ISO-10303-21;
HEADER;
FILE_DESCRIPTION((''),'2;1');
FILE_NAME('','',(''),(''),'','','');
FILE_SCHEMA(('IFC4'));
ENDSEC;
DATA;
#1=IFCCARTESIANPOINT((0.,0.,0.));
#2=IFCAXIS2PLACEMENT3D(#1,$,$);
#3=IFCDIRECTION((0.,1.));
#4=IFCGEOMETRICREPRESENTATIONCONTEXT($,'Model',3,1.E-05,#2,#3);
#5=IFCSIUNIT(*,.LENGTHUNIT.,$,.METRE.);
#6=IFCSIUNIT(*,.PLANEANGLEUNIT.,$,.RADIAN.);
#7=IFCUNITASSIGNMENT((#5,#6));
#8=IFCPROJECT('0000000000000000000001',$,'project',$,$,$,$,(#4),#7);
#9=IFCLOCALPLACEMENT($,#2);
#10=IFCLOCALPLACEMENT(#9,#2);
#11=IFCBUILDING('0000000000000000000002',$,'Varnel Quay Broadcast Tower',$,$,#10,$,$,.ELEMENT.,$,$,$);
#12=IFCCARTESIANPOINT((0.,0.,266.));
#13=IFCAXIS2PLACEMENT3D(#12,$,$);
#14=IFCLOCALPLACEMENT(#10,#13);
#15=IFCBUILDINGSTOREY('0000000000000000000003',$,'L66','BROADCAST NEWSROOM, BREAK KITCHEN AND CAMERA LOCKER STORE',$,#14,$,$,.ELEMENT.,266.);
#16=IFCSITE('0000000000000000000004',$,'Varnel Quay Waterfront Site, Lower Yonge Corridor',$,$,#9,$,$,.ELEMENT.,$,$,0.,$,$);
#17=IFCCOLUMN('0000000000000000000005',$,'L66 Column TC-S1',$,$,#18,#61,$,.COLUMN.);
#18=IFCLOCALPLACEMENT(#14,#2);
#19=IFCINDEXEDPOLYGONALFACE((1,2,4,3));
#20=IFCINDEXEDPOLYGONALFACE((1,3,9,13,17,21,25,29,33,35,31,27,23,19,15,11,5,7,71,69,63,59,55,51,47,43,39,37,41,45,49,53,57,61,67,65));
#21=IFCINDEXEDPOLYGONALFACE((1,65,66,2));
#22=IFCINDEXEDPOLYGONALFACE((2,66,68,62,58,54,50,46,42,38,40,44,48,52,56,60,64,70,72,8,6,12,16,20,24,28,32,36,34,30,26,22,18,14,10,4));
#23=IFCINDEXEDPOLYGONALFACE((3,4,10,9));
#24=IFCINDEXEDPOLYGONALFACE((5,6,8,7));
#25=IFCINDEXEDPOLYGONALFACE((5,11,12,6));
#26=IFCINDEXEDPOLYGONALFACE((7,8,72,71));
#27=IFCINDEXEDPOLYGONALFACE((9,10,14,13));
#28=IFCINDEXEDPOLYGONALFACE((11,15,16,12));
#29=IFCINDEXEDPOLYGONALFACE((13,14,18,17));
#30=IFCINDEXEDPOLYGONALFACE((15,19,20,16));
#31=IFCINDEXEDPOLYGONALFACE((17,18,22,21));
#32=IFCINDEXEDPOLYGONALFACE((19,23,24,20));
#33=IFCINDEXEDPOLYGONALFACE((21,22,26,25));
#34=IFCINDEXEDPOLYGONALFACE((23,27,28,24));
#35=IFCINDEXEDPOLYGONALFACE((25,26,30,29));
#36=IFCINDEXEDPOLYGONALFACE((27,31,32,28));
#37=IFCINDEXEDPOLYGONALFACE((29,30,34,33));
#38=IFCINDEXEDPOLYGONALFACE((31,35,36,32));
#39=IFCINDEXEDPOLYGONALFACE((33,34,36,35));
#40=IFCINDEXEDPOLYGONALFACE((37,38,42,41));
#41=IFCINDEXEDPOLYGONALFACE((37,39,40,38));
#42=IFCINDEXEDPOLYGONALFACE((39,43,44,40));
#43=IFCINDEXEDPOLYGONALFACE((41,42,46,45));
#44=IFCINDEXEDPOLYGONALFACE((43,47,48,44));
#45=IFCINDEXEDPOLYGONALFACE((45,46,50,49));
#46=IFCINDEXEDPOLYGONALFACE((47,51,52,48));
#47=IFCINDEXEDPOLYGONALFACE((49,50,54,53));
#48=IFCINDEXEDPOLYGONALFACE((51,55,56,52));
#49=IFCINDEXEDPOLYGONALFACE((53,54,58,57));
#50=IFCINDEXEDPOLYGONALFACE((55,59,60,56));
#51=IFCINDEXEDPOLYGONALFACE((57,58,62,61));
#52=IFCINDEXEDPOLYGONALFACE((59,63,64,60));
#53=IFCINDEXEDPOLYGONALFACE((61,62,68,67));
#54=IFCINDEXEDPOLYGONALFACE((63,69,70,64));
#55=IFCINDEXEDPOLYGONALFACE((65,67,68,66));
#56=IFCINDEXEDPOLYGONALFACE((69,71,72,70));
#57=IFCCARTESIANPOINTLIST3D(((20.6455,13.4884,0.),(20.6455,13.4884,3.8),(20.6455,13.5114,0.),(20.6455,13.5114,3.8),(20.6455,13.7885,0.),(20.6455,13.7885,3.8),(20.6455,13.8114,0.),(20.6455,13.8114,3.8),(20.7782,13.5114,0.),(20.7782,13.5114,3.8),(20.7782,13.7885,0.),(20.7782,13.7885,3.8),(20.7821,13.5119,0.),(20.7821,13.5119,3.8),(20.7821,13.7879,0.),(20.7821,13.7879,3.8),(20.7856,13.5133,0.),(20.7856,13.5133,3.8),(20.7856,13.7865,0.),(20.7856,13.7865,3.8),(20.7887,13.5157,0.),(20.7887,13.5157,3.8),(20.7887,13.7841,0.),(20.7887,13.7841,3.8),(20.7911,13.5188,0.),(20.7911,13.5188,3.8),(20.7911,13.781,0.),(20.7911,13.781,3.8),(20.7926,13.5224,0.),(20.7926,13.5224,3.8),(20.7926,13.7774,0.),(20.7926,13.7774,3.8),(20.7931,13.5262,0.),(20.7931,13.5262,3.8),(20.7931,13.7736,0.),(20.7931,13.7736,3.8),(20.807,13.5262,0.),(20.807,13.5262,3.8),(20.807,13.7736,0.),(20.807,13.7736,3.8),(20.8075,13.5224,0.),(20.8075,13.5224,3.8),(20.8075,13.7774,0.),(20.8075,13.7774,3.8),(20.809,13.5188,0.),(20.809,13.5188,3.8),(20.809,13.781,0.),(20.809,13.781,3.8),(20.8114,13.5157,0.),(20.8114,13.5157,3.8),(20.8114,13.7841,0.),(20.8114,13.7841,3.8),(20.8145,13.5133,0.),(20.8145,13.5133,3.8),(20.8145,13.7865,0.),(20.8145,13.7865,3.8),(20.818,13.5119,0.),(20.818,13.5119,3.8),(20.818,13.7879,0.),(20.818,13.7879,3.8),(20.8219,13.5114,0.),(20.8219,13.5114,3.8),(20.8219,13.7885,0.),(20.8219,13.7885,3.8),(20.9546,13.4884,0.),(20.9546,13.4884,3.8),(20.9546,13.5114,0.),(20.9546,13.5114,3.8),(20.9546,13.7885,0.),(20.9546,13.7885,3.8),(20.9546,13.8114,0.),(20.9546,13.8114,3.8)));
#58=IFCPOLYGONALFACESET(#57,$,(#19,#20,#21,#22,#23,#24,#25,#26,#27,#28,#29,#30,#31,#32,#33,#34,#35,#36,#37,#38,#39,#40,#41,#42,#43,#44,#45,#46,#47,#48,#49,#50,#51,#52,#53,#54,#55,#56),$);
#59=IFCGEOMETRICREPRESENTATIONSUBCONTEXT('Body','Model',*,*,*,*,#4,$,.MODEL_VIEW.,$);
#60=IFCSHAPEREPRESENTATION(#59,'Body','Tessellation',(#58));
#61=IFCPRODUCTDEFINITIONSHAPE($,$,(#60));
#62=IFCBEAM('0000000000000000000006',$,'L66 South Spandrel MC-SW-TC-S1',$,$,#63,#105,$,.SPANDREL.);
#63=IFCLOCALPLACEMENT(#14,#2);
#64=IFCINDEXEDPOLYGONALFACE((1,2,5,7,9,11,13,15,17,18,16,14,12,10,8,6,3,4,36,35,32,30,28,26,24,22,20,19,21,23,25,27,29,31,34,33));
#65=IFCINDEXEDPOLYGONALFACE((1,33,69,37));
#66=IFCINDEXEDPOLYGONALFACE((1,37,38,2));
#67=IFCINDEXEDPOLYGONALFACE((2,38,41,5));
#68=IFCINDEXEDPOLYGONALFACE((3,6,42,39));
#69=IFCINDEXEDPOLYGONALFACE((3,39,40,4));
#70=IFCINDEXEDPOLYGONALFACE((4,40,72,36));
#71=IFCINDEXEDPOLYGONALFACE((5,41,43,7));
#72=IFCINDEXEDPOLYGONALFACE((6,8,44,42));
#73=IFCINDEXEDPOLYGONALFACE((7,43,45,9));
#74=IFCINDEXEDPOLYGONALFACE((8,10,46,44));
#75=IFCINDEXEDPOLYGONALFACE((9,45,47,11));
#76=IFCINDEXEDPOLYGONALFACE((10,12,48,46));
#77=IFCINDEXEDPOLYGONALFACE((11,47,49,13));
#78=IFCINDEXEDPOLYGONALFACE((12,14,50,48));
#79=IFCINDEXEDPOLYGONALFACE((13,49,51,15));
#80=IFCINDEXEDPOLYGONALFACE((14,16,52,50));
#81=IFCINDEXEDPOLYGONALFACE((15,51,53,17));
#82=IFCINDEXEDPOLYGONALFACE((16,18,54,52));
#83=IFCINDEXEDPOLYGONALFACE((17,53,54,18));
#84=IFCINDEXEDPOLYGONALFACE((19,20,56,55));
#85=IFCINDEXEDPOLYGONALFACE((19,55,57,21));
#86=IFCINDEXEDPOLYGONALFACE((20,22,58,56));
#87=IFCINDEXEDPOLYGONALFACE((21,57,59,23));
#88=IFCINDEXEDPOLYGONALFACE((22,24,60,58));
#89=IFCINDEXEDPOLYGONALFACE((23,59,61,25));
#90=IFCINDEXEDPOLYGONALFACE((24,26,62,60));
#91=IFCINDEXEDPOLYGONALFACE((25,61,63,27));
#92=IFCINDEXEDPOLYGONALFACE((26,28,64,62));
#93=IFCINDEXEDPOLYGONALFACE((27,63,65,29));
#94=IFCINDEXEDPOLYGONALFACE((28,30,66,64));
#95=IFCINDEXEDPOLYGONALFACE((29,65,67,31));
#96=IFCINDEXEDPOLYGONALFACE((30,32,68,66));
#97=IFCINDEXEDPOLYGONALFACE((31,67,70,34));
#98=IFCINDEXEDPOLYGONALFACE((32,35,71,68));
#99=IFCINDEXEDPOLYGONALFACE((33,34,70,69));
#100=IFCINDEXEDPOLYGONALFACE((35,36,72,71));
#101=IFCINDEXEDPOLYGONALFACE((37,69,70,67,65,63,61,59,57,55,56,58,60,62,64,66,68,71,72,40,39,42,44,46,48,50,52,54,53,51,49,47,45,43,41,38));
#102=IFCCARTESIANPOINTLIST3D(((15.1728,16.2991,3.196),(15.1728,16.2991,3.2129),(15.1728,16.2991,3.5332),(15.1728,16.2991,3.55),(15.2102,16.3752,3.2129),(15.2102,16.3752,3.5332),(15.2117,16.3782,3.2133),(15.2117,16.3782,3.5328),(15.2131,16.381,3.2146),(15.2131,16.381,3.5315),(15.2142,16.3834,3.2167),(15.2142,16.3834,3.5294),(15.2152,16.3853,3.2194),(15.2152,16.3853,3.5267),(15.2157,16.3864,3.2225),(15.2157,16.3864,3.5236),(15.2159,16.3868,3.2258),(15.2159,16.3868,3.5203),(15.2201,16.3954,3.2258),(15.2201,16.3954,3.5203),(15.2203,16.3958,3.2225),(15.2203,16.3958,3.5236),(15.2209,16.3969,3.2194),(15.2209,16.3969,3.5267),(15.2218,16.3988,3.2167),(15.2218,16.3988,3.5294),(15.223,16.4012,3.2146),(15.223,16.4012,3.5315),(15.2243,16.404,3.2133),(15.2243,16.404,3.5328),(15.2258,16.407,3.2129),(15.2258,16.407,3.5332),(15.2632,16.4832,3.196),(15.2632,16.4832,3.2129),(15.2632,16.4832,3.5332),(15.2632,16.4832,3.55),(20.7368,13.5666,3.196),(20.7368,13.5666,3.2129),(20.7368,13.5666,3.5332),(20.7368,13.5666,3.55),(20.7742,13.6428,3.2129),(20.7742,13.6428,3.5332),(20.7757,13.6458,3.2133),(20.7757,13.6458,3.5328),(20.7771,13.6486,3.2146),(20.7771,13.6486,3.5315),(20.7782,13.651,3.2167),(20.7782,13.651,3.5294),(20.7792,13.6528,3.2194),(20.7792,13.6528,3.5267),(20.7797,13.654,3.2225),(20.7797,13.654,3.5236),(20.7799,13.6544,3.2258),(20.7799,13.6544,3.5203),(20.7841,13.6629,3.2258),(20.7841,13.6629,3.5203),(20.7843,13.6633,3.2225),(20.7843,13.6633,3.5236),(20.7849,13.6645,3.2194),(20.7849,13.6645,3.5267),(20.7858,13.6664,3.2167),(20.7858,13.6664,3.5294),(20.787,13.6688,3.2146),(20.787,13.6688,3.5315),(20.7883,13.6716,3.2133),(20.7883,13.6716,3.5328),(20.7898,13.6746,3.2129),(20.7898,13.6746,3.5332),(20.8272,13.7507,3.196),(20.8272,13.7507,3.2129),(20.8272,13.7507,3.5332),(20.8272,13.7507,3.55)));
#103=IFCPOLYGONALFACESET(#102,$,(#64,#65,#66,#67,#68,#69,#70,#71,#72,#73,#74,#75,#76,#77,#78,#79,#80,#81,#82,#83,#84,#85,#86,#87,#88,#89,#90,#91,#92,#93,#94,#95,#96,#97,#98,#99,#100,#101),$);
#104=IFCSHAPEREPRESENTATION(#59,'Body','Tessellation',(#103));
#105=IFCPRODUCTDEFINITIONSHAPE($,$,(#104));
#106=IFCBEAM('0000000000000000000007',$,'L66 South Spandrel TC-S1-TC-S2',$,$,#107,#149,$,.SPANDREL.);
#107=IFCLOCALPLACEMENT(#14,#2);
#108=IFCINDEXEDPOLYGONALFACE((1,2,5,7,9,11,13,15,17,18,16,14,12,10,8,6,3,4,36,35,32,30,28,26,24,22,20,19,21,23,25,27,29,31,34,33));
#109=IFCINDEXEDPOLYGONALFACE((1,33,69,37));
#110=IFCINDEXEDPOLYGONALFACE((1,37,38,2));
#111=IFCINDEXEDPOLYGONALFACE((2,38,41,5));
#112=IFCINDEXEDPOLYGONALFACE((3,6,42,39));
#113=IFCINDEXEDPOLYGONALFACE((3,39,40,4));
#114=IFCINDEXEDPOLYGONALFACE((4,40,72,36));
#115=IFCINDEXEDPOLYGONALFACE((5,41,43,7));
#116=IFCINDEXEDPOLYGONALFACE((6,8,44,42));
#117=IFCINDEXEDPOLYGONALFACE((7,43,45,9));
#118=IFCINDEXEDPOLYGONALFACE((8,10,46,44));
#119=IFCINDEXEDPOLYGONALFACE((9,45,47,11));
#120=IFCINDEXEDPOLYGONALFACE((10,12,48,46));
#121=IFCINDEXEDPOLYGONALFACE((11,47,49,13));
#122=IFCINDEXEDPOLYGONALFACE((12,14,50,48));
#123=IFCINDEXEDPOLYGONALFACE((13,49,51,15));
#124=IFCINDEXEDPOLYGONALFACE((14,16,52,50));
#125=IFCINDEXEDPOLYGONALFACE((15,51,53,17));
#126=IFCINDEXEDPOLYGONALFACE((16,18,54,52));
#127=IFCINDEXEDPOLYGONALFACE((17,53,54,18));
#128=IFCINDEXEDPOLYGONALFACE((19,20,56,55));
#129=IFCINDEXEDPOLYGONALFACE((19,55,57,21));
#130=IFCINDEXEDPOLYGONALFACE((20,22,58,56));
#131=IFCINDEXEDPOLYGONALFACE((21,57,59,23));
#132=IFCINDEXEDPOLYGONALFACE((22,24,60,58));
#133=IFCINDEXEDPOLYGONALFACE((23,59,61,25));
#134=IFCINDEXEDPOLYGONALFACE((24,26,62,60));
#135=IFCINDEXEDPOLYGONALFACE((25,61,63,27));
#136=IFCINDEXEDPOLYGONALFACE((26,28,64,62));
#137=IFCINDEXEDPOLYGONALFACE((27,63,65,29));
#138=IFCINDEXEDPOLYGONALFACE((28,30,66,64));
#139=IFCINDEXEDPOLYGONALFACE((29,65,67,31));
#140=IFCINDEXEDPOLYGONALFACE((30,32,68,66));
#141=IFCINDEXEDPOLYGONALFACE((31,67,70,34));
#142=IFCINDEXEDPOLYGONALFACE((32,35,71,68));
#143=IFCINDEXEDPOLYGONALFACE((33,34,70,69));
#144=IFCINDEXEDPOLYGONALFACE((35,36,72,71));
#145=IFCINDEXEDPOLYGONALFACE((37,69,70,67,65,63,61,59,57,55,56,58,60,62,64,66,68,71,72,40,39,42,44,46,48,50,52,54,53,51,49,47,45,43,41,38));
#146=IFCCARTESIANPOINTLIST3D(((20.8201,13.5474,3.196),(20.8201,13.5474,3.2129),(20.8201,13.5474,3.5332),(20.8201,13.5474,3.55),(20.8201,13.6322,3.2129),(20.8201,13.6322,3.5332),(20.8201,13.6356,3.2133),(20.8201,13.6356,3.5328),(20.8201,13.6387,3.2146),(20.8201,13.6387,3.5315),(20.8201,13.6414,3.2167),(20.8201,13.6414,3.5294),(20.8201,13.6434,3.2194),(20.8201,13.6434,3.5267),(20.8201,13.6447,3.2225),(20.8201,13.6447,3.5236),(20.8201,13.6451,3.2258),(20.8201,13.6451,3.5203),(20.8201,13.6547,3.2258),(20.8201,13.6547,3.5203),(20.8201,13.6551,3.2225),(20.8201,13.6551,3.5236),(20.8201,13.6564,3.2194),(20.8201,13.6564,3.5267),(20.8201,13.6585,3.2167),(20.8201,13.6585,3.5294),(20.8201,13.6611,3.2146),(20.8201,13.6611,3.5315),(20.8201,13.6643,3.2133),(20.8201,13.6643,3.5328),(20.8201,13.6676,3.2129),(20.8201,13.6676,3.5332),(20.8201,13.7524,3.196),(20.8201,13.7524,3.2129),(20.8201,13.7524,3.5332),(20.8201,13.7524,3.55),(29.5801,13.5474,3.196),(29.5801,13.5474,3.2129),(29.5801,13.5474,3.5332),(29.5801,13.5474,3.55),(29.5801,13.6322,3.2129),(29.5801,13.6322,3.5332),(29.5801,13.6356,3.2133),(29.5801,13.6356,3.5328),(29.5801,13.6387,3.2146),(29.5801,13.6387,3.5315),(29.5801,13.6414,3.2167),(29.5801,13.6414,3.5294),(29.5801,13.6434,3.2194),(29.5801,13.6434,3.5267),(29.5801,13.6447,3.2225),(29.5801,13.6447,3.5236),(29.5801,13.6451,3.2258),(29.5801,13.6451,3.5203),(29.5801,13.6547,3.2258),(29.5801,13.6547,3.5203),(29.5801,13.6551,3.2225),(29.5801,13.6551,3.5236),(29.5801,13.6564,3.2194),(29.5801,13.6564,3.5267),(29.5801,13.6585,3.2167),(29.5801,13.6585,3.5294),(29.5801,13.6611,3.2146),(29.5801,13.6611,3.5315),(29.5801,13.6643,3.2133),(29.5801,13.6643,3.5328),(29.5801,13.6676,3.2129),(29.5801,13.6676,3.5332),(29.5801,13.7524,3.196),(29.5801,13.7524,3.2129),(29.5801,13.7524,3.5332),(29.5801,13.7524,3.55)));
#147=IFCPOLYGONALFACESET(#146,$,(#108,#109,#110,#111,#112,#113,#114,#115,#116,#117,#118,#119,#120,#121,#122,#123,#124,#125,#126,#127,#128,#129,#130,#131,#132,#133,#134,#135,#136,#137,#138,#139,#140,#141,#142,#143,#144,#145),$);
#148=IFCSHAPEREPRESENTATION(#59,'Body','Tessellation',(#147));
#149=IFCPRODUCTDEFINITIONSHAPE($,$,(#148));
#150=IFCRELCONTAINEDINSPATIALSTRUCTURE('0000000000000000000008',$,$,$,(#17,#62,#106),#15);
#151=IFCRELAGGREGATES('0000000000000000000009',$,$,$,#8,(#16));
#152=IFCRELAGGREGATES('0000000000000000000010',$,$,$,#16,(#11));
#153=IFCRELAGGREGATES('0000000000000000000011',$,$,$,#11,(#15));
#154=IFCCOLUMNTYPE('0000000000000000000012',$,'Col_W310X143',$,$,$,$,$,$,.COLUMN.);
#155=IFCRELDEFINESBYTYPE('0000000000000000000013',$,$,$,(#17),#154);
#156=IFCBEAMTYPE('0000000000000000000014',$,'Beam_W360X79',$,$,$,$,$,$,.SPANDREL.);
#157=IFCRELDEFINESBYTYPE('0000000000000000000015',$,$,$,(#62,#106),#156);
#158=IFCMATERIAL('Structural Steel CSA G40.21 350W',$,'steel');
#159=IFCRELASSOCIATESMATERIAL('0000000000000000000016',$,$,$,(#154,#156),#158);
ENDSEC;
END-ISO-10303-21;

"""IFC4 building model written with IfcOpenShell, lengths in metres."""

from ifc_helpers import new_model, si_unit, direction, frame, origin, origin_2d, place, context, subcontext, project, spatial, i_section, extrude, source, transform, mapped, material, material_profile, profile_set, type_object, type_shapes, element, save


model = new_model("IFC4")

# Units and contexts
model_context = context("Model", 3, precision=1e-05, world=origin(), true_north=direction((0.0, 1.0)))
body_context = subcontext(model_context, "Body", "Model", "MODEL_VIEW")
ifc_project = project(units=[si_unit("LENGTHUNIT", "METRE"), si_unit("PLANEANGLEUNIT", "RADIAN")], contexts=[model_context])

# Site, building, storey
site_placement = place(None, origin())
site = spatial("IfcSite", under=ifc_project, at=site_placement, Name="Varnel Quay Waterfront Site, Lower Yonge Corridor", CompositionType="ELEMENT", RefElevation=0.0)
building_placement = place(site_placement, origin())
building = spatial("IfcBuilding", under=site, at=building_placement, Name="Varnel Quay Broadcast Tower", CompositionType="ELEMENT")
storey_placement = place(building_placement, frame((0.0, 0.0, 266.0)))
storey = spatial("IfcBuildingStorey", under=building, at=storey_placement, Name="L66", Description="BROADCAST NEWSROOM, BREAK KITCHEN AND CAMERA LOCKER STORE", CompositionType="ELEMENT", Elevation=266.0)

# Column
ifc_material_1 = material(Name="Structural Steel CSA G40.21 350W", Category="steel")
ifc_material_profile_1 = material_profile(ifc_material_1, i_section(OverallWidth=0.3091, OverallDepth=0.323, WebThickness=0.0139, FlangeThickness=0.0229, FilletRadius=0.0149, at=origin_2d()), Name="W310X143")
ifc_profile_set_1 = profile_set([ifc_material_profile_1], Name="Structural Steel CSA G40.21 350W")
column_type = type_object("IfcColumnType", Name="Col_W310X143", PredefinedType="COLUMN", material=ifc_profile_set_1)
shared_shape_1 = source(origin(), body_context, "Body", "SweptSolid", [
    extrude(i_section(OverallWidth=0.3091, OverallDepth=0.323, WebThickness=0.0139, FlangeThickness=0.0229, FilletRadius=0.0149, at=origin_2d()), origin(), (0.0, 0.0, 1.0), 3.8),
])
type_shapes(column_type, [shared_shape_1])
column_placement = place(storey_placement, frame((20.8, 13.6499, 0.0), z_axis=(0.0, 0.0, 1.0), x_axis=(1.0, 0.0, 0.0)))
element("IfcColumn", 1, at=column_placement, inside=storey, type_object=column_type, Name="L66 Column TC-S1", PredefinedType="COLUMN", context=body_context, shape_type="MappedRepresentation", body=[
    mapped(shared_shape_1, transform((0.0, 0.0, 0.0), x_axis=(1.0, 0.0, 0.0), y_axis=(0.0, 1.0, 0.0), z_axis=(0.0, 0.0, 1.0), scale=1.0)),
])

# Beams
ifc_material_profile_2 = material_profile(ifc_material_1, i_section(OverallWidth=0.2051, OverallDepth=0.354, WebThickness=0.0095, FlangeThickness=0.0168, FilletRadius=0.0129, at=origin_2d()), Name="W360X79")
ifc_profile_set_2 = profile_set([ifc_material_profile_2], Name="Structural Steel CSA G40.21 350W")
beam_type_1 = type_object("IfcBeamType", Name="Beam_W360X79", PredefinedType="SPANDREL", material=ifc_profile_set_2)
shared_shape_2 = source(origin(), body_context, "Body", "SweptSolid", [
    extrude(i_section(OverallWidth=0.2051, OverallDepth=0.354, WebThickness=0.0095, FlangeThickness=0.0168, FilletRadius=0.0129, at=origin_2d()), origin(), (0.0, 0.0, 1.0), 6.1987),
])
beam_1_placement = place(storey_placement, frame((15.218, 16.3911, 3.373), z_axis=(0.897602, -0.440806, 0.0), x_axis=(0.440806, 0.897602, 0.0)))
element("IfcBeam", 2, at=beam_1_placement, inside=storey, type_object=beam_type_1, Name="L66 South Spandrel MC-SW-TC-S1", PredefinedType="SPANDREL", context=body_context, shape_type="MappedRepresentation", body=[
    mapped(shared_shape_2, transform((0.0, 0.0, 0.0), x_axis=(1.0, 0.0, 0.0), y_axis=(0.0, 1.0, 0.0), z_axis=(0.0, 0.0, 1.0), scale=1.0)),
])
shared_shape_3 = source(origin(), body_context, "Body", "SweptSolid", [
    extrude(i_section(OverallWidth=0.2051, OverallDepth=0.354, WebThickness=0.0095, FlangeThickness=0.0168, FilletRadius=0.0129, at=origin_2d()), origin(), (0.0, 0.0, 1.0), 8.76),
])
type_shapes(beam_type_1, [shared_shape_2, shared_shape_3])
beam_2_placement = place(storey_placement, frame((20.8201, 13.6499, 3.373), z_axis=(1.0, 0.0, 0.0), x_axis=(0.0, 1.0, 0.0)))
element("IfcBeam", 3, at=beam_2_placement, inside=storey, type_object=beam_type_1, Name="L66 South Spandrel TC-S1-TC-S2", PredefinedType="SPANDREL", context=body_context, shape_type="MappedRepresentation", body=[
    mapped(shared_shape_3, transform((0.0, 0.0, 0.0), x_axis=(1.0, 0.0, 0.0), y_axis=(0.0, 1.0, 0.0), z_axis=(0.0, 0.0, 1.0), scale=1.0)),
])

save(model, "model.ifc")
